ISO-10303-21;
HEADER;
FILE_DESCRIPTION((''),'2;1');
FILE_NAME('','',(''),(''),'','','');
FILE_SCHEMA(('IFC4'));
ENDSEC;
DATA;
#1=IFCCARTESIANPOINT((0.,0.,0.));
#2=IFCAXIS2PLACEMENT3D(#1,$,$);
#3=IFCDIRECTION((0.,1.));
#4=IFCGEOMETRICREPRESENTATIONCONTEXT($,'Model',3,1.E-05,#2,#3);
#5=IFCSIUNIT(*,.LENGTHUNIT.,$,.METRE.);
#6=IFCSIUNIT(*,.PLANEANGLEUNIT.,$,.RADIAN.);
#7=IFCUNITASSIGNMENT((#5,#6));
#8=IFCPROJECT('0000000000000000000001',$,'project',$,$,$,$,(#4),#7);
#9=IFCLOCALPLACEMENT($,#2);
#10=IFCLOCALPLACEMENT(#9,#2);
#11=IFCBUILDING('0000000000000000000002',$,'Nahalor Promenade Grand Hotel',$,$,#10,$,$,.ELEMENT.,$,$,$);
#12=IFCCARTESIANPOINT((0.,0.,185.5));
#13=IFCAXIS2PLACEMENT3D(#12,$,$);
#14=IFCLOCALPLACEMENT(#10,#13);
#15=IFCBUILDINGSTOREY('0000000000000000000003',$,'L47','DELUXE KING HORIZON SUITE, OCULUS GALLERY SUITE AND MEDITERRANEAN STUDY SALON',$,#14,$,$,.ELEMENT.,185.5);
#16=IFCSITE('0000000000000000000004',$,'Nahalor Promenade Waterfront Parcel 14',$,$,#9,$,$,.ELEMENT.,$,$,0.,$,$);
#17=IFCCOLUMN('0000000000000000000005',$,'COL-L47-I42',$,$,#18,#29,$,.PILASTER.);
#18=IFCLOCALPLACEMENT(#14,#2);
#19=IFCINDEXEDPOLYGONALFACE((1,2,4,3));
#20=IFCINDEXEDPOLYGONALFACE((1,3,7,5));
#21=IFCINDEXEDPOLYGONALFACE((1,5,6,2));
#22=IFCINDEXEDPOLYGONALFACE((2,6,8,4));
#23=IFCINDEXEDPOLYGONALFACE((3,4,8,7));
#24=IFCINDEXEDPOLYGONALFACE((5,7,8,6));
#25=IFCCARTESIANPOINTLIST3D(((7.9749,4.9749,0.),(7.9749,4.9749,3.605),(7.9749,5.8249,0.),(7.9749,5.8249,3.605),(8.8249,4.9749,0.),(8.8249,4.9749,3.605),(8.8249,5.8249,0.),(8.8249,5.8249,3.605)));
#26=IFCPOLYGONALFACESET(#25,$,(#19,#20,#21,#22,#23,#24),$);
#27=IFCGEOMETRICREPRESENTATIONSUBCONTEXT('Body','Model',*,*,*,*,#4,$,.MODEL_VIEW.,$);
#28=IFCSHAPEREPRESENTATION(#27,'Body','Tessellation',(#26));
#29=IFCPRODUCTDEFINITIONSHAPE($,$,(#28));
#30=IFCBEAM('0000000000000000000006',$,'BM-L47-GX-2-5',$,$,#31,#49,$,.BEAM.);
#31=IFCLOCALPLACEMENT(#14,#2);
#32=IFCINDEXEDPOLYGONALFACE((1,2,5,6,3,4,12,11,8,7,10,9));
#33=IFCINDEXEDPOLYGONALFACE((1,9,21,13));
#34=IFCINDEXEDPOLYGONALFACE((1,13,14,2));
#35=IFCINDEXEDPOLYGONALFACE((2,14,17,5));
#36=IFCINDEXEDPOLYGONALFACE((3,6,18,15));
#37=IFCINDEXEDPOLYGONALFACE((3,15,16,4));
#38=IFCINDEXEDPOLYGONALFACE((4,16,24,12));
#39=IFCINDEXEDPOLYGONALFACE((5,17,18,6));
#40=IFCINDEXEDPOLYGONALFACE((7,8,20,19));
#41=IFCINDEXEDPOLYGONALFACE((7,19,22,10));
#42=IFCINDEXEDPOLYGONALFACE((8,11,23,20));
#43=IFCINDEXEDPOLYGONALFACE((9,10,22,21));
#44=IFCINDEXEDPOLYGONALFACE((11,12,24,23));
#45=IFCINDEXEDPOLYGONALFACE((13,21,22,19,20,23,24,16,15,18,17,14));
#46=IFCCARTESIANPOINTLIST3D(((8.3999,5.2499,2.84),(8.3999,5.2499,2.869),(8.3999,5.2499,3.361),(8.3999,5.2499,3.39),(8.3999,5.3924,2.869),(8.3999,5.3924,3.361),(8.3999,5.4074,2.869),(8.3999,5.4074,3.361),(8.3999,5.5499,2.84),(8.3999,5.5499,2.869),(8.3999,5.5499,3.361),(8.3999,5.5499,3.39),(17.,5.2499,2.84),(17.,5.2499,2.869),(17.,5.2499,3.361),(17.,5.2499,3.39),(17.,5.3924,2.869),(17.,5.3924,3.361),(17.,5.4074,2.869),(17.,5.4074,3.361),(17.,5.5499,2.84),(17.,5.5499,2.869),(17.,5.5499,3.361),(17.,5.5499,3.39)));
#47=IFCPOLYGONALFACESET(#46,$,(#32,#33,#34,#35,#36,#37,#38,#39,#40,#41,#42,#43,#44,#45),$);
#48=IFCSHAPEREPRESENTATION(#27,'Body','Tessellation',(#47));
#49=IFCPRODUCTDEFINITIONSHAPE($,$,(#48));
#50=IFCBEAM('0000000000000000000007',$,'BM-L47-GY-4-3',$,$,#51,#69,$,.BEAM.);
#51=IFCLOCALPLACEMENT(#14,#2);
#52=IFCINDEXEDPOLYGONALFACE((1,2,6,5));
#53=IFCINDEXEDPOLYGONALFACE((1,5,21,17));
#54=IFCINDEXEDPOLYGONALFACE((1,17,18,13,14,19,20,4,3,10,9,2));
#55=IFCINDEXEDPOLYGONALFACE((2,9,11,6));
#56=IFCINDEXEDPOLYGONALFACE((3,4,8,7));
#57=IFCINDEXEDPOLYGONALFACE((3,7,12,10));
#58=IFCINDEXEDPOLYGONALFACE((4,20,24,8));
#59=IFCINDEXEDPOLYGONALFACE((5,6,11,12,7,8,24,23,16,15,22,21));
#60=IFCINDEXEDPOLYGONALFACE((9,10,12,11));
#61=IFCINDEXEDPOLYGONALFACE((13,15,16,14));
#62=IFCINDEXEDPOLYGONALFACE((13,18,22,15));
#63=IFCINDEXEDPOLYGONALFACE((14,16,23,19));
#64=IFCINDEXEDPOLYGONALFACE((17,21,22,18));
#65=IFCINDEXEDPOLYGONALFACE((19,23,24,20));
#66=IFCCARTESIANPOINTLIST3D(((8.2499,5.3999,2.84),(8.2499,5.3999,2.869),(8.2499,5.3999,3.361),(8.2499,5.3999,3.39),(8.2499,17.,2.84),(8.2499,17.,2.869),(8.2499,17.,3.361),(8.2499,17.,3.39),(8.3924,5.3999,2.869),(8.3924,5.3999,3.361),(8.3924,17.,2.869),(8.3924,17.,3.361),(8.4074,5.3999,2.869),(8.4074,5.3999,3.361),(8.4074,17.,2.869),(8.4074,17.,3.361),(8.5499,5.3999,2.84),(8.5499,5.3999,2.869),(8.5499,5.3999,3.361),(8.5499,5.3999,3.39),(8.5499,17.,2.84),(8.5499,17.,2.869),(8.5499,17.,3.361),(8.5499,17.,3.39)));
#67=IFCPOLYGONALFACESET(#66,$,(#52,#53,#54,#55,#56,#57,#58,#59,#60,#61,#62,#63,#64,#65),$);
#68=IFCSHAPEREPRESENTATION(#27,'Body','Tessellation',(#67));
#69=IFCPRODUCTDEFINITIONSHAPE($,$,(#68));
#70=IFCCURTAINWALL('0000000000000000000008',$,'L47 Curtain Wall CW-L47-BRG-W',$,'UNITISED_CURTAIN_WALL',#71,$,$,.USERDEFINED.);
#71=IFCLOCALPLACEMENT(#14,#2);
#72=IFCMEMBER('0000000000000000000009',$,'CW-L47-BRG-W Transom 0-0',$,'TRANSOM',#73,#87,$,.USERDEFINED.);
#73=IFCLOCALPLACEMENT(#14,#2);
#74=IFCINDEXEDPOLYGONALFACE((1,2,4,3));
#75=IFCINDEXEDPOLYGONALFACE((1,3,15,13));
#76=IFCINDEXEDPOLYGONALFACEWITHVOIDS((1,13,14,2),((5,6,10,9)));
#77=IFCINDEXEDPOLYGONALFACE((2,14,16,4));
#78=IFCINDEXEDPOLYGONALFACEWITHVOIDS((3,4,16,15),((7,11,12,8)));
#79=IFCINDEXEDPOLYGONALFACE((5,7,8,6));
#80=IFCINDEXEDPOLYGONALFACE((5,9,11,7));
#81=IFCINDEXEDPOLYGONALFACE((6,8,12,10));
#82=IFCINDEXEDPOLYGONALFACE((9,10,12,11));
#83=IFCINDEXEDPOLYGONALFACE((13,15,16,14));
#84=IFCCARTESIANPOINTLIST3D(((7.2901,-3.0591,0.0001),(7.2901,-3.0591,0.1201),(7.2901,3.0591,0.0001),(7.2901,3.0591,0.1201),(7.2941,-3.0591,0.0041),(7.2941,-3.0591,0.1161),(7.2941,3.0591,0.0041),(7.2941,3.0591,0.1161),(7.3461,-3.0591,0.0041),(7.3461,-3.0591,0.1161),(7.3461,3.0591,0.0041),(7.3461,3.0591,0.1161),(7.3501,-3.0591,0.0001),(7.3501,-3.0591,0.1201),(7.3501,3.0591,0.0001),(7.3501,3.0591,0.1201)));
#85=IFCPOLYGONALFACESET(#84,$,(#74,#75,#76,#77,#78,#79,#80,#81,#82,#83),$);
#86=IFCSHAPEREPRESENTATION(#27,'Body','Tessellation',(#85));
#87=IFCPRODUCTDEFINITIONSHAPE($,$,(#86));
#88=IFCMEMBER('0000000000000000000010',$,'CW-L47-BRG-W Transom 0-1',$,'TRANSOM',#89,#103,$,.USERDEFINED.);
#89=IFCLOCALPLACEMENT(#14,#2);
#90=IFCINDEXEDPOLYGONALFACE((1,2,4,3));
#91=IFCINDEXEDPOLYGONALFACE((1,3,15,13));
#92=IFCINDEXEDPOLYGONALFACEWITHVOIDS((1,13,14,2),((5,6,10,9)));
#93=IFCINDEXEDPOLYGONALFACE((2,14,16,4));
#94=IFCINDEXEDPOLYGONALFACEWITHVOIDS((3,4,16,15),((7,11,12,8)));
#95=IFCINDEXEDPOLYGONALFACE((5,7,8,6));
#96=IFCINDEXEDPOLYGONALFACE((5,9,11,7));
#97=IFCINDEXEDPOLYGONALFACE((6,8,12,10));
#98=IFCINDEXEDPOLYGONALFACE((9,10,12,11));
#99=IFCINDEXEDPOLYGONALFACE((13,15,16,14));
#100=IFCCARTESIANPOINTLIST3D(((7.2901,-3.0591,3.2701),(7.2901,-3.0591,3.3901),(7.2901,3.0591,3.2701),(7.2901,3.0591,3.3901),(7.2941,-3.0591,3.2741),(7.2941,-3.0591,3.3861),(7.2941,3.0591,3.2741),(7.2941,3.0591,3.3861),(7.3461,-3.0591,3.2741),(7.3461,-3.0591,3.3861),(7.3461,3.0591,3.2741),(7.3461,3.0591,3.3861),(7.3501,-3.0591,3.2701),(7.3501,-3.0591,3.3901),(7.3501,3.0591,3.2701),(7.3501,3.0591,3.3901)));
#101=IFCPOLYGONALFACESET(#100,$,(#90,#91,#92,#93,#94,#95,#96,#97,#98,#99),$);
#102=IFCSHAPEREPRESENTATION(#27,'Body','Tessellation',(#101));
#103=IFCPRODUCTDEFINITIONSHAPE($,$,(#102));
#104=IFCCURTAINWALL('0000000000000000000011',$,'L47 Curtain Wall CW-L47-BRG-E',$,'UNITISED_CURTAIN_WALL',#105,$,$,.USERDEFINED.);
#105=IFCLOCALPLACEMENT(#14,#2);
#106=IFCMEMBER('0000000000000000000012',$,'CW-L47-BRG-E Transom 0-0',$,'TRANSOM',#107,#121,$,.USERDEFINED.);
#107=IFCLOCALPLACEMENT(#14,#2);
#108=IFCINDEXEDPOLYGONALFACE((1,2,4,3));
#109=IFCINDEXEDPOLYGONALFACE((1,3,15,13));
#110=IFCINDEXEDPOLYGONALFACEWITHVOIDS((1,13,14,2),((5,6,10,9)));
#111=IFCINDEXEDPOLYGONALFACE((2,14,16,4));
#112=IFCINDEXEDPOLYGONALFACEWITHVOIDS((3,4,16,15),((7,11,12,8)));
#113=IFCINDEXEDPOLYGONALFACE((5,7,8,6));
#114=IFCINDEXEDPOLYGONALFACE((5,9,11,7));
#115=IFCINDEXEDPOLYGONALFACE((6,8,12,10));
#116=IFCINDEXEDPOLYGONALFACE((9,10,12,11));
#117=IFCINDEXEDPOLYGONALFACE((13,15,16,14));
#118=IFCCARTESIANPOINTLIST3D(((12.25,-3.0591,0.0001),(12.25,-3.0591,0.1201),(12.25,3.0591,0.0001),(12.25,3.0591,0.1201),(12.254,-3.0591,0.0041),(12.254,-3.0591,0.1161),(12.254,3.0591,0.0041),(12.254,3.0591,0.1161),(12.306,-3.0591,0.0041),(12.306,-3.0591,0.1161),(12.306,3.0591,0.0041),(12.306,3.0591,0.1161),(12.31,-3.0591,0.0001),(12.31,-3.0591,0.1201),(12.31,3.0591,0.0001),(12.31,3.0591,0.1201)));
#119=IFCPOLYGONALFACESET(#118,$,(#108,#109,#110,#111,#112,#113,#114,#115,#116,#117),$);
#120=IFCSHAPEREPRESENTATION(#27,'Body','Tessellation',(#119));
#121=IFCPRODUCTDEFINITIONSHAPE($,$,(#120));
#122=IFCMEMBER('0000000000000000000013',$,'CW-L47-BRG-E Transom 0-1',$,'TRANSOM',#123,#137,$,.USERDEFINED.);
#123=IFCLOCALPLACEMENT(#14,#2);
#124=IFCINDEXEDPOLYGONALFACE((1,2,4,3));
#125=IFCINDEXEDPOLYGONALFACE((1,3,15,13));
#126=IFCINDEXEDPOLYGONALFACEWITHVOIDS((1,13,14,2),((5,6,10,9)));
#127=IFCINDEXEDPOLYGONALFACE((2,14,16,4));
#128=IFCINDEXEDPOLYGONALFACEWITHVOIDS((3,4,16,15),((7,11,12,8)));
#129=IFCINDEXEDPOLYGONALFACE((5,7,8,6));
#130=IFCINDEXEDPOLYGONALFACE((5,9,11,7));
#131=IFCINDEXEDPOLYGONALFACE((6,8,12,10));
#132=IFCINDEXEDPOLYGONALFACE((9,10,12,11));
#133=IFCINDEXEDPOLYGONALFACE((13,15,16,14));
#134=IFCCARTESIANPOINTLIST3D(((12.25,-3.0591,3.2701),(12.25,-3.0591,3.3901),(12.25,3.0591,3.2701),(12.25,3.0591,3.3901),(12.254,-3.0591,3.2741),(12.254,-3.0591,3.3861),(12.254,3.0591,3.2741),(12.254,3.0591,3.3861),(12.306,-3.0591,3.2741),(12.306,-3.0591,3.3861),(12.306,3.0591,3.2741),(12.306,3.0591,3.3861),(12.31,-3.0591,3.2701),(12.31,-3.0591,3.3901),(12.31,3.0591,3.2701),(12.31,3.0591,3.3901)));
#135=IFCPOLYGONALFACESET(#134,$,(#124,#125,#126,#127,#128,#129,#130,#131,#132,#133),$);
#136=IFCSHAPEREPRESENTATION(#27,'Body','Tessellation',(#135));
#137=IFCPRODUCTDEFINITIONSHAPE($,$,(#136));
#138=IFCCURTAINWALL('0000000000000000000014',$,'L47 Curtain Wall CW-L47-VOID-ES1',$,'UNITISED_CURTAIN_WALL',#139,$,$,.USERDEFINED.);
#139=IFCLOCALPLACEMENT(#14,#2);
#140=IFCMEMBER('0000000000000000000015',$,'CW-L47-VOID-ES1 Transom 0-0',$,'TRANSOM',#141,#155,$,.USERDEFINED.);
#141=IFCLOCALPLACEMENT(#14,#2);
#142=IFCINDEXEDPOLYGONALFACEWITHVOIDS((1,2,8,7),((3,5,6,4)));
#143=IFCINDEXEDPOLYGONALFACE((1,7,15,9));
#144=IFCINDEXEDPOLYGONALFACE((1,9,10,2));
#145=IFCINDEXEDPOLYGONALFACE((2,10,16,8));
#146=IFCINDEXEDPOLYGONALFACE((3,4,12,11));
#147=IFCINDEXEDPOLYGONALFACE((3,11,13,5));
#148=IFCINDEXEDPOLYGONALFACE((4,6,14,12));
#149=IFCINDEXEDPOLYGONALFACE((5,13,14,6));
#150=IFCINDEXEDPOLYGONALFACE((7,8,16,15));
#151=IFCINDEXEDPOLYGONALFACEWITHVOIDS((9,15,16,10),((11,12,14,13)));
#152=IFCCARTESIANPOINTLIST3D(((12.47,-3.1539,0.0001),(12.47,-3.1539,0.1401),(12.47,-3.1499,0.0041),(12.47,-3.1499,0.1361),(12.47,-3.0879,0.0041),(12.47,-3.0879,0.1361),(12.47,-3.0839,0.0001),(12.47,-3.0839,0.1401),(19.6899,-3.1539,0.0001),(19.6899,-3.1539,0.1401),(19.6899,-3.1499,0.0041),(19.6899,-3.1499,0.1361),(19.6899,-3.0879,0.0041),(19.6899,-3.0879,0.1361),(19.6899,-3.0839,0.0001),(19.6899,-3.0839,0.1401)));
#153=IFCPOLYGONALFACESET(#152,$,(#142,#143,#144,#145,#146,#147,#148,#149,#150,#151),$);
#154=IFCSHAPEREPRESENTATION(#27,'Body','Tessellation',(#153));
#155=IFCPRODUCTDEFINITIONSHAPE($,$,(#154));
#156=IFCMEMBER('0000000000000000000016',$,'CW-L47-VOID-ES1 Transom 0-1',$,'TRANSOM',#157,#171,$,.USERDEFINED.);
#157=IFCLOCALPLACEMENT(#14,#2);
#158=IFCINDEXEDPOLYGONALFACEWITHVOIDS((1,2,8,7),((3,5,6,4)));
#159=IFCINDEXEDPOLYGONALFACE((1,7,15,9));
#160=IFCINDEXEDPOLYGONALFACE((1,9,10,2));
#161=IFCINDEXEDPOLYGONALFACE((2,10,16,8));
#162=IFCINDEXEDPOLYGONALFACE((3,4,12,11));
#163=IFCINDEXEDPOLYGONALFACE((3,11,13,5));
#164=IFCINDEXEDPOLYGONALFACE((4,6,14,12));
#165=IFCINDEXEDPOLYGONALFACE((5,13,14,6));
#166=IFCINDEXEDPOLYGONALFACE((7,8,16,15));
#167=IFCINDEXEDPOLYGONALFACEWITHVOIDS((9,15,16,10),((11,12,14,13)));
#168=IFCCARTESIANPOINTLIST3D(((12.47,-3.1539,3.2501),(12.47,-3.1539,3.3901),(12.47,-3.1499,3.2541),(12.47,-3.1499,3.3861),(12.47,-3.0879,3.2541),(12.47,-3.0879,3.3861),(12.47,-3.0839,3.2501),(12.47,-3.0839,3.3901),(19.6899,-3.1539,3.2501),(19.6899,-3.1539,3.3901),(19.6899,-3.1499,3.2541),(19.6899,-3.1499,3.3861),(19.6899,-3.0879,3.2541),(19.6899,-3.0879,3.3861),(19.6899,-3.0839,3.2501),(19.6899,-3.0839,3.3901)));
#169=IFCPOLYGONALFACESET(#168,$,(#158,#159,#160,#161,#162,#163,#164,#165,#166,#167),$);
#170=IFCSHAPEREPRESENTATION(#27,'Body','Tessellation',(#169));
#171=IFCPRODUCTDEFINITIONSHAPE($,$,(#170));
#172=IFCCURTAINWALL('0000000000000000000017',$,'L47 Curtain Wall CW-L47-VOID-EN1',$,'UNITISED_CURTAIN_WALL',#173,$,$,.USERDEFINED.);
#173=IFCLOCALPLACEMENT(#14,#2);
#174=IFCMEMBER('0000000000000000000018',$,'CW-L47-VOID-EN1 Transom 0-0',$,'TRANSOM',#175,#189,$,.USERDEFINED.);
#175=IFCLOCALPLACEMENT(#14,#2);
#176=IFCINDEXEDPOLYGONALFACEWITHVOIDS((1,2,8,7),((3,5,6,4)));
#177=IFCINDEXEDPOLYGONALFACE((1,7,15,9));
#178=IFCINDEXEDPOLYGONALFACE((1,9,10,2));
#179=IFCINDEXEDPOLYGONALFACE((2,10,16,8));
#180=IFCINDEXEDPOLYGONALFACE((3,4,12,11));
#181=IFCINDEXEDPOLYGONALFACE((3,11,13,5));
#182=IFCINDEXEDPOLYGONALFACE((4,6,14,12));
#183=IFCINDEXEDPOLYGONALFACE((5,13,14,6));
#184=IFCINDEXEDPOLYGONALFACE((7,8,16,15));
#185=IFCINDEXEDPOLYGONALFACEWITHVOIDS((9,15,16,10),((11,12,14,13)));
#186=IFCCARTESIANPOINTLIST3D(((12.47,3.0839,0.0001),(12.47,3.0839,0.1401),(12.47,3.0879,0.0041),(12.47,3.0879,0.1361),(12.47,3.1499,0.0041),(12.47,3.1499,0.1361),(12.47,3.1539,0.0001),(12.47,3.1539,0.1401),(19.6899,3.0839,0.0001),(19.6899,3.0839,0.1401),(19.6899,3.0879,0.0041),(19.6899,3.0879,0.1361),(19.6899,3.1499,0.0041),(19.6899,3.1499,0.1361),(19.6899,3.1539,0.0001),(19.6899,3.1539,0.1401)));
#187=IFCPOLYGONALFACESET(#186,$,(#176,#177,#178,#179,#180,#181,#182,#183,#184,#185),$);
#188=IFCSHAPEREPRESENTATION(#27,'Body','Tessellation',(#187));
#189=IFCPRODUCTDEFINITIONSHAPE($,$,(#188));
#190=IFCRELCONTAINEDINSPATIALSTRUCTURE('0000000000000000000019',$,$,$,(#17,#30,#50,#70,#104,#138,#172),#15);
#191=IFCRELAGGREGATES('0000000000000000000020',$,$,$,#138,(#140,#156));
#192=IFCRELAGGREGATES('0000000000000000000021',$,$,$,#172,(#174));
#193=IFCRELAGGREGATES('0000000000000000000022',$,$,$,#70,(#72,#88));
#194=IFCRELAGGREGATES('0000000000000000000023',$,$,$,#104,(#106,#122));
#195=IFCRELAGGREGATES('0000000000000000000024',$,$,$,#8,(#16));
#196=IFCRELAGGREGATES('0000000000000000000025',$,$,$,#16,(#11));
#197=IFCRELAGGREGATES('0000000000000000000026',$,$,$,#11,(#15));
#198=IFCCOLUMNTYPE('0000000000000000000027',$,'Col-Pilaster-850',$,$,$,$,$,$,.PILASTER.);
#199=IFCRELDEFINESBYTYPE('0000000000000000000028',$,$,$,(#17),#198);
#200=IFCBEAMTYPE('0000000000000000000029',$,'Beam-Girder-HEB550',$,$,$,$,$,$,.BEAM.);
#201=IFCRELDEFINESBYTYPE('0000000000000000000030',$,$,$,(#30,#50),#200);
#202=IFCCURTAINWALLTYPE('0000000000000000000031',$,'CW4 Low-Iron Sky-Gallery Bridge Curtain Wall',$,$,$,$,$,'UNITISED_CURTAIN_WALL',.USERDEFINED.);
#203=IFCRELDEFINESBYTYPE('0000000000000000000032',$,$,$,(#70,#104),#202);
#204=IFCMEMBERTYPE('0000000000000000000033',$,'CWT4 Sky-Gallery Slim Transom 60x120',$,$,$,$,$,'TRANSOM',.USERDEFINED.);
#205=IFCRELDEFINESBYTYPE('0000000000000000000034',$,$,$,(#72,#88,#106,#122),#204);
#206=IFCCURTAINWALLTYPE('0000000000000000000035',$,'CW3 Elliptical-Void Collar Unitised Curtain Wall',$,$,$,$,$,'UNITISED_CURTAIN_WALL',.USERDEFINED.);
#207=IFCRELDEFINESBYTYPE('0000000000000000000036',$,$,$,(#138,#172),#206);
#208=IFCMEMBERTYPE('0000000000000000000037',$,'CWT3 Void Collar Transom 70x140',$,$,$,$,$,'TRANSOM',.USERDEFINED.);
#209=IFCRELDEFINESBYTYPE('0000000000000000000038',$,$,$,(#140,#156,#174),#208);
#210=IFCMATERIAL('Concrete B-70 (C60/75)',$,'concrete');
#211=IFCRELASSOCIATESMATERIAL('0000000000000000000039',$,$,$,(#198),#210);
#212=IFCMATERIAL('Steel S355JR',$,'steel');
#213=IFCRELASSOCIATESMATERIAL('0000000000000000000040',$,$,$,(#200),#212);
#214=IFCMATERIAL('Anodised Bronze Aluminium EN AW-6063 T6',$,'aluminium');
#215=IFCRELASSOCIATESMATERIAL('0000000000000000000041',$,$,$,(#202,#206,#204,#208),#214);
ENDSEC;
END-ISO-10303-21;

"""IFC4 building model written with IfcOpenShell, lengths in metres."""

from ifc_helpers import new_model, si_unit, direction, frame, origin, origin_2d, place, context, subcontext, project, spatial, rectangle, hollow_rectangle, i_section, extrude, source, transform, mapped, material, material_profile, profile_set, type_object, element, aggregate, save


model = new_model("IFC4")

# Units and contexts
model_context = context("Model", 3, precision=1e-05, world=origin(), true_north=direction((0.0, 1.0)))
body_context = subcontext(model_context, "Body", "Model", "MODEL_VIEW")
ifc_project = project(units=[si_unit("LENGTHUNIT", "METRE"), si_unit("PLANEANGLEUNIT", "RADIAN")], contexts=[model_context])

# Site, building, storey
site_placement = place(None, origin())
site = spatial("IfcSite", under=ifc_project, at=site_placement, Name="Nahalor Promenade Waterfront Parcel 14", CompositionType="ELEMENT", RefElevation=0.0)
building_placement = place(site_placement, origin())
building = spatial("IfcBuilding", under=site, at=building_placement, Name="Nahalor Promenade Grand Hotel", CompositionType="ELEMENT")
storey_placement = place(building_placement, frame((0.0, 0.0, 185.5)))
storey = spatial("IfcBuildingStorey", under=building, at=storey_placement, Name="L47", Description="DELUXE KING HORIZON SUITE, OCULUS GALLERY SUITE AND MEDITERRANEAN STUDY SALON", CompositionType="ELEMENT", Elevation=185.5)

# Column
ifc_material_1 = material(Name="Concrete B-70 (C60/75)", Category="concrete")
ifc_material_profile_1 = material_profile(ifc_material_1, rectangle(XDim=0.85, YDim=0.85, at=origin_2d()), Name="RC 850x850")
ifc_profile_set_1 = profile_set([ifc_material_profile_1], Name="Concrete B-70 (C60/75)")
column_type = type_object("IfcColumnType", Name="Col-Pilaster-850", PredefinedType="PILASTER", material=ifc_profile_set_1)
shared_shape_1 = source(origin(), body_context, "Body", "SweptSolid", [
    extrude(rectangle(XDim=0.85, YDim=0.85, at=origin_2d()), origin(), (0.0, 0.0, 1.0), 3.605),
])
column_placement = place(storey_placement, frame((8.3999, 5.3999, 0.0), z_axis=(0.0, 0.0, 1.0), x_axis=(1.0, 0.0, 0.0)))
element("IfcColumn", 1, at=column_placement, inside=storey, type_object=column_type, Name="COL-L47-I42", PredefinedType="PILASTER", context=body_context, shape_type="MappedRepresentation", body=[
    mapped(shared_shape_1, transform((0.0, 0.0, 0.0), scale=1.0)),
])

# Beams
ifc_material_2 = material(Name="Steel S355JR", Category="steel")
ifc_material_profile_2 = material_profile(ifc_material_2, i_section(OverallWidth=0.3, OverallDepth=0.55, WebThickness=0.015, FlangeThickness=0.029, at=origin_2d()), Name="HEB 550")
ifc_profile_set_2 = profile_set([ifc_material_profile_2], Name="Steel S355JR")
beam_type = type_object("IfcBeamType", Name="Beam-Girder-HEB550", PredefinedType="BEAM", material=ifc_profile_set_2)
shared_shape_2 = source(origin(), body_context, "Body", "SweptSolid", [
    extrude(i_section(OverallWidth=0.3, OverallDepth=0.55, WebThickness=0.015, FlangeThickness=0.029, at=origin_2d()), origin(), (0.0, 0.0, 1.0), 8.6001),
])
beam_1_placement = place(storey_placement, frame((8.3999, 5.3999, 3.115), z_axis=(1.0, 0.0, 0.0), x_axis=(0.0, 1.0, 0.0)))
element("IfcBeam", 2, at=beam_1_placement, inside=storey, type_object=beam_type, Name="BM-L47-GX-2-5", PredefinedType="BEAM", context=body_context, shape_type="MappedRepresentation", body=[
    mapped(shared_shape_2, transform((0.0, 0.0, 0.0), scale=1.0)),
])
shared_shape_3 = source(origin(), body_context, "Body", "SweptSolid", [
    extrude(i_section(OverallWidth=0.3, OverallDepth=0.55, WebThickness=0.015, FlangeThickness=0.029, at=origin_2d()), origin(), (0.0, 0.0, 1.0), 11.6001),
])
beam_2_placement = place(storey_placement, frame((8.3999, 5.3999, 3.115), z_axis=(0.0, 1.0, 0.0), x_axis=(-1.0, 0.0, 0.0)))
element("IfcBeam", 3, at=beam_2_placement, inside=storey, type_object=beam_type, Name="BM-L47-GY-4-3", PredefinedType="BEAM", context=body_context, shape_type="MappedRepresentation", body=[
    mapped(shared_shape_3, transform((0.0, 0.0, 0.0), scale=1.0)),
])

# Curtain walls, members
ifc_material_3 = material(Name="Anodised Bronze Aluminium EN AW-6063 T6", Category="aluminium")
curtain_wall_type_1 = type_object("IfcCurtainWallType", Name="CW4 Low-Iron Sky-Gallery Bridge Curtain Wall", ElementType="UNITISED_CURTAIN_WALL", PredefinedType="USERDEFINED", material=ifc_material_3)
curtain_wall_1_placement = place(storey_placement, origin())
curtain_wall_1 = element("IfcCurtainWall", 4, at=curtain_wall_1_placement, inside=storey, type_object=curtain_wall_type_1, Name="L47 Curtain Wall CW-L47-BRG-W", ObjectType="UNITISED_CURTAIN_WALL", PredefinedType="USERDEFINED")
ifc_material_profile_3 = material_profile(ifc_material_3, hollow_rectangle(XDim=0.06, YDim=0.12, WallThickness=0.004, at=origin_2d()), Name="CWT 60x120x4")
ifc_profile_set_3 = profile_set([ifc_material_profile_3], Name="Anodised Bronze Aluminium EN AW-6063 T6")
member_type_1 = type_object("IfcMemberType", Name="CWT4 Sky-Gallery Slim Transom 60x120", ElementType="TRANSOM", PredefinedType="USERDEFINED", material=ifc_profile_set_3)
shared_shape_4 = source(origin(), body_context, "Body", "SweptSolid", [
    extrude(hollow_rectangle(XDim=0.06, YDim=0.12, WallThickness=0.004, at=origin_2d()), origin(), (0.0, 0.0, 1.0), 6.1182),
])
member_1_placement = place(storey_placement, frame((7.3201, -3.0591, 0.0601), z_axis=(0.0, 1.0, 0.0), x_axis=(-1.0, 0.0, 0.0)))
member_1 = element("IfcMember", 5, at=member_1_placement, type_object=member_type_1, Name="CW-L47-BRG-W Transom 0-0", ObjectType="TRANSOM", PredefinedType="USERDEFINED", context=body_context, shape_type="MappedRepresentation", body=[
    mapped(shared_shape_4, transform((0.0, 0.0, 0.0), scale=1.0)),
])
member_2_placement = place(storey_placement, frame((7.3201, -3.0591, 3.3301), z_axis=(0.0, 1.0, 0.0), x_axis=(-1.0, 0.0, 0.0)))
member_2 = element("IfcMember", 6, at=member_2_placement, type_object=member_type_1, Name="CW-L47-BRG-W Transom 0-1", ObjectType="TRANSOM", PredefinedType="USERDEFINED", context=body_context, shape_type="MappedRepresentation", body=[
    mapped(shared_shape_4, transform((0.0, 0.0, 0.0), scale=1.0)),
])
curtain_wall_2_placement = place(storey_placement, origin())
curtain_wall_2 = element("IfcCurtainWall", 7, at=curtain_wall_2_placement, inside=storey, type_object=curtain_wall_type_1, Name="L47 Curtain Wall CW-L47-BRG-E", ObjectType="UNITISED_CURTAIN_WALL", PredefinedType="USERDEFINED")
member_3_placement = place(storey_placement, frame((12.28, -3.0591, 0.0601), z_axis=(0.0, 1.0, 0.0), x_axis=(-1.0, 0.0, 0.0)))
member_3 = element("IfcMember", 8, at=member_3_placement, type_object=member_type_1, Name="CW-L47-BRG-E Transom 0-0", ObjectType="TRANSOM", PredefinedType="USERDEFINED", context=body_context, shape_type="MappedRepresentation", body=[
    mapped(shared_shape_4, transform((0.0, 0.0, 0.0), scale=1.0)),
])
member_4_placement = place(storey_placement, frame((12.28, -3.0591, 3.3301), z_axis=(0.0, 1.0, 0.0), x_axis=(-1.0, 0.0, 0.0)))
member_4 = element("IfcMember", 9, at=member_4_placement, type_object=member_type_1, Name="CW-L47-BRG-E Transom 0-1", ObjectType="TRANSOM", PredefinedType="USERDEFINED", context=body_context, shape_type="MappedRepresentation", body=[
    mapped(shared_shape_4, transform((0.0, 0.0, 0.0), scale=1.0)),
])
curtain_wall_type_2 = type_object("IfcCurtainWallType", Name="CW3 Elliptical-Void Collar Unitised Curtain Wall", ElementType="UNITISED_CURTAIN_WALL", PredefinedType="USERDEFINED", material=ifc_material_3)
curtain_wall_3_placement = place(storey_placement, origin())
curtain_wall_3 = element("IfcCurtainWall", 10, at=curtain_wall_3_placement, inside=storey, type_object=curtain_wall_type_2, Name="L47 Curtain Wall CW-L47-VOID-ES1", ObjectType="UNITISED_CURTAIN_WALL", PredefinedType="USERDEFINED")
ifc_material_profile_4 = material_profile(ifc_material_3, hollow_rectangle(XDim=0.07, YDim=0.14, WallThickness=0.004, at=origin_2d()), Name="CWT 70x140x4")
ifc_profile_set_4 = profile_set([ifc_material_profile_4], Name="Anodised Bronze Aluminium EN AW-6063 T6")
member_type_2 = type_object("IfcMemberType", Name="CWT3 Void Collar Transom 70x140", ElementType="TRANSOM", PredefinedType="USERDEFINED", material=ifc_profile_set_4)
shared_shape_5 = source(origin(), body_context, "Body", "SweptSolid", [
    extrude(hollow_rectangle(XDim=0.07, YDim=0.14, WallThickness=0.004, at=origin_2d()), origin(), (0.0, 0.0, 1.0), 7.22),
])
member_5_placement = place(storey_placement, frame((12.47, -3.1189, 0.0701), z_axis=(1.0, 0.0, 0.0), x_axis=(0.0, 1.0, 0.0)))
member_5 = element("IfcMember", 11, at=member_5_placement, type_object=member_type_2, Name="CW-L47-VOID-ES1 Transom 0-0", ObjectType="TRANSOM", PredefinedType="USERDEFINED", context=body_context, shape_type="MappedRepresentation", body=[
    mapped(shared_shape_5, transform((0.0, 0.0, 0.0), scale=1.0)),
])
member_6_placement = place(storey_placement, frame((12.47, -3.1189, 3.3201), z_axis=(1.0, 0.0, 0.0), x_axis=(0.0, 1.0, 0.0)))
member_6 = element("IfcMember", 12, at=member_6_placement, type_object=member_type_2, Name="CW-L47-VOID-ES1 Transom 0-1", ObjectType="TRANSOM", PredefinedType="USERDEFINED", context=body_context, shape_type="MappedRepresentation", body=[
    mapped(shared_shape_5, transform((0.0, 0.0, 0.0), scale=1.0)),
])
curtain_wall_4_placement = place(storey_placement, origin())
curtain_wall_4 = element("IfcCurtainWall", 13, at=curtain_wall_4_placement, inside=storey, type_object=curtain_wall_type_2, Name="L47 Curtain Wall CW-L47-VOID-EN1", ObjectType="UNITISED_CURTAIN_WALL", PredefinedType="USERDEFINED")
member_7_placement = place(storey_placement, frame((12.47, 3.1189, 0.0701), z_axis=(1.0, 0.0, 0.0), x_axis=(0.0, 1.0, 0.0)))
member_7 = element("IfcMember", 14, at=member_7_placement, type_object=member_type_2, Name="CW-L47-VOID-EN1 Transom 0-0", ObjectType="TRANSOM", PredefinedType="USERDEFINED", context=body_context, shape_type="MappedRepresentation", body=[
    mapped(shared_shape_5, transform((0.0, 0.0, 0.0), scale=1.0)),
])

aggregate(curtain_wall_3, [member_5, member_6])
aggregate(curtain_wall_4, [member_7])

aggregate(curtain_wall_1, [member_1, member_2])
aggregate(curtain_wall_2, [member_3, member_4])

save(model, "model.ifc")
